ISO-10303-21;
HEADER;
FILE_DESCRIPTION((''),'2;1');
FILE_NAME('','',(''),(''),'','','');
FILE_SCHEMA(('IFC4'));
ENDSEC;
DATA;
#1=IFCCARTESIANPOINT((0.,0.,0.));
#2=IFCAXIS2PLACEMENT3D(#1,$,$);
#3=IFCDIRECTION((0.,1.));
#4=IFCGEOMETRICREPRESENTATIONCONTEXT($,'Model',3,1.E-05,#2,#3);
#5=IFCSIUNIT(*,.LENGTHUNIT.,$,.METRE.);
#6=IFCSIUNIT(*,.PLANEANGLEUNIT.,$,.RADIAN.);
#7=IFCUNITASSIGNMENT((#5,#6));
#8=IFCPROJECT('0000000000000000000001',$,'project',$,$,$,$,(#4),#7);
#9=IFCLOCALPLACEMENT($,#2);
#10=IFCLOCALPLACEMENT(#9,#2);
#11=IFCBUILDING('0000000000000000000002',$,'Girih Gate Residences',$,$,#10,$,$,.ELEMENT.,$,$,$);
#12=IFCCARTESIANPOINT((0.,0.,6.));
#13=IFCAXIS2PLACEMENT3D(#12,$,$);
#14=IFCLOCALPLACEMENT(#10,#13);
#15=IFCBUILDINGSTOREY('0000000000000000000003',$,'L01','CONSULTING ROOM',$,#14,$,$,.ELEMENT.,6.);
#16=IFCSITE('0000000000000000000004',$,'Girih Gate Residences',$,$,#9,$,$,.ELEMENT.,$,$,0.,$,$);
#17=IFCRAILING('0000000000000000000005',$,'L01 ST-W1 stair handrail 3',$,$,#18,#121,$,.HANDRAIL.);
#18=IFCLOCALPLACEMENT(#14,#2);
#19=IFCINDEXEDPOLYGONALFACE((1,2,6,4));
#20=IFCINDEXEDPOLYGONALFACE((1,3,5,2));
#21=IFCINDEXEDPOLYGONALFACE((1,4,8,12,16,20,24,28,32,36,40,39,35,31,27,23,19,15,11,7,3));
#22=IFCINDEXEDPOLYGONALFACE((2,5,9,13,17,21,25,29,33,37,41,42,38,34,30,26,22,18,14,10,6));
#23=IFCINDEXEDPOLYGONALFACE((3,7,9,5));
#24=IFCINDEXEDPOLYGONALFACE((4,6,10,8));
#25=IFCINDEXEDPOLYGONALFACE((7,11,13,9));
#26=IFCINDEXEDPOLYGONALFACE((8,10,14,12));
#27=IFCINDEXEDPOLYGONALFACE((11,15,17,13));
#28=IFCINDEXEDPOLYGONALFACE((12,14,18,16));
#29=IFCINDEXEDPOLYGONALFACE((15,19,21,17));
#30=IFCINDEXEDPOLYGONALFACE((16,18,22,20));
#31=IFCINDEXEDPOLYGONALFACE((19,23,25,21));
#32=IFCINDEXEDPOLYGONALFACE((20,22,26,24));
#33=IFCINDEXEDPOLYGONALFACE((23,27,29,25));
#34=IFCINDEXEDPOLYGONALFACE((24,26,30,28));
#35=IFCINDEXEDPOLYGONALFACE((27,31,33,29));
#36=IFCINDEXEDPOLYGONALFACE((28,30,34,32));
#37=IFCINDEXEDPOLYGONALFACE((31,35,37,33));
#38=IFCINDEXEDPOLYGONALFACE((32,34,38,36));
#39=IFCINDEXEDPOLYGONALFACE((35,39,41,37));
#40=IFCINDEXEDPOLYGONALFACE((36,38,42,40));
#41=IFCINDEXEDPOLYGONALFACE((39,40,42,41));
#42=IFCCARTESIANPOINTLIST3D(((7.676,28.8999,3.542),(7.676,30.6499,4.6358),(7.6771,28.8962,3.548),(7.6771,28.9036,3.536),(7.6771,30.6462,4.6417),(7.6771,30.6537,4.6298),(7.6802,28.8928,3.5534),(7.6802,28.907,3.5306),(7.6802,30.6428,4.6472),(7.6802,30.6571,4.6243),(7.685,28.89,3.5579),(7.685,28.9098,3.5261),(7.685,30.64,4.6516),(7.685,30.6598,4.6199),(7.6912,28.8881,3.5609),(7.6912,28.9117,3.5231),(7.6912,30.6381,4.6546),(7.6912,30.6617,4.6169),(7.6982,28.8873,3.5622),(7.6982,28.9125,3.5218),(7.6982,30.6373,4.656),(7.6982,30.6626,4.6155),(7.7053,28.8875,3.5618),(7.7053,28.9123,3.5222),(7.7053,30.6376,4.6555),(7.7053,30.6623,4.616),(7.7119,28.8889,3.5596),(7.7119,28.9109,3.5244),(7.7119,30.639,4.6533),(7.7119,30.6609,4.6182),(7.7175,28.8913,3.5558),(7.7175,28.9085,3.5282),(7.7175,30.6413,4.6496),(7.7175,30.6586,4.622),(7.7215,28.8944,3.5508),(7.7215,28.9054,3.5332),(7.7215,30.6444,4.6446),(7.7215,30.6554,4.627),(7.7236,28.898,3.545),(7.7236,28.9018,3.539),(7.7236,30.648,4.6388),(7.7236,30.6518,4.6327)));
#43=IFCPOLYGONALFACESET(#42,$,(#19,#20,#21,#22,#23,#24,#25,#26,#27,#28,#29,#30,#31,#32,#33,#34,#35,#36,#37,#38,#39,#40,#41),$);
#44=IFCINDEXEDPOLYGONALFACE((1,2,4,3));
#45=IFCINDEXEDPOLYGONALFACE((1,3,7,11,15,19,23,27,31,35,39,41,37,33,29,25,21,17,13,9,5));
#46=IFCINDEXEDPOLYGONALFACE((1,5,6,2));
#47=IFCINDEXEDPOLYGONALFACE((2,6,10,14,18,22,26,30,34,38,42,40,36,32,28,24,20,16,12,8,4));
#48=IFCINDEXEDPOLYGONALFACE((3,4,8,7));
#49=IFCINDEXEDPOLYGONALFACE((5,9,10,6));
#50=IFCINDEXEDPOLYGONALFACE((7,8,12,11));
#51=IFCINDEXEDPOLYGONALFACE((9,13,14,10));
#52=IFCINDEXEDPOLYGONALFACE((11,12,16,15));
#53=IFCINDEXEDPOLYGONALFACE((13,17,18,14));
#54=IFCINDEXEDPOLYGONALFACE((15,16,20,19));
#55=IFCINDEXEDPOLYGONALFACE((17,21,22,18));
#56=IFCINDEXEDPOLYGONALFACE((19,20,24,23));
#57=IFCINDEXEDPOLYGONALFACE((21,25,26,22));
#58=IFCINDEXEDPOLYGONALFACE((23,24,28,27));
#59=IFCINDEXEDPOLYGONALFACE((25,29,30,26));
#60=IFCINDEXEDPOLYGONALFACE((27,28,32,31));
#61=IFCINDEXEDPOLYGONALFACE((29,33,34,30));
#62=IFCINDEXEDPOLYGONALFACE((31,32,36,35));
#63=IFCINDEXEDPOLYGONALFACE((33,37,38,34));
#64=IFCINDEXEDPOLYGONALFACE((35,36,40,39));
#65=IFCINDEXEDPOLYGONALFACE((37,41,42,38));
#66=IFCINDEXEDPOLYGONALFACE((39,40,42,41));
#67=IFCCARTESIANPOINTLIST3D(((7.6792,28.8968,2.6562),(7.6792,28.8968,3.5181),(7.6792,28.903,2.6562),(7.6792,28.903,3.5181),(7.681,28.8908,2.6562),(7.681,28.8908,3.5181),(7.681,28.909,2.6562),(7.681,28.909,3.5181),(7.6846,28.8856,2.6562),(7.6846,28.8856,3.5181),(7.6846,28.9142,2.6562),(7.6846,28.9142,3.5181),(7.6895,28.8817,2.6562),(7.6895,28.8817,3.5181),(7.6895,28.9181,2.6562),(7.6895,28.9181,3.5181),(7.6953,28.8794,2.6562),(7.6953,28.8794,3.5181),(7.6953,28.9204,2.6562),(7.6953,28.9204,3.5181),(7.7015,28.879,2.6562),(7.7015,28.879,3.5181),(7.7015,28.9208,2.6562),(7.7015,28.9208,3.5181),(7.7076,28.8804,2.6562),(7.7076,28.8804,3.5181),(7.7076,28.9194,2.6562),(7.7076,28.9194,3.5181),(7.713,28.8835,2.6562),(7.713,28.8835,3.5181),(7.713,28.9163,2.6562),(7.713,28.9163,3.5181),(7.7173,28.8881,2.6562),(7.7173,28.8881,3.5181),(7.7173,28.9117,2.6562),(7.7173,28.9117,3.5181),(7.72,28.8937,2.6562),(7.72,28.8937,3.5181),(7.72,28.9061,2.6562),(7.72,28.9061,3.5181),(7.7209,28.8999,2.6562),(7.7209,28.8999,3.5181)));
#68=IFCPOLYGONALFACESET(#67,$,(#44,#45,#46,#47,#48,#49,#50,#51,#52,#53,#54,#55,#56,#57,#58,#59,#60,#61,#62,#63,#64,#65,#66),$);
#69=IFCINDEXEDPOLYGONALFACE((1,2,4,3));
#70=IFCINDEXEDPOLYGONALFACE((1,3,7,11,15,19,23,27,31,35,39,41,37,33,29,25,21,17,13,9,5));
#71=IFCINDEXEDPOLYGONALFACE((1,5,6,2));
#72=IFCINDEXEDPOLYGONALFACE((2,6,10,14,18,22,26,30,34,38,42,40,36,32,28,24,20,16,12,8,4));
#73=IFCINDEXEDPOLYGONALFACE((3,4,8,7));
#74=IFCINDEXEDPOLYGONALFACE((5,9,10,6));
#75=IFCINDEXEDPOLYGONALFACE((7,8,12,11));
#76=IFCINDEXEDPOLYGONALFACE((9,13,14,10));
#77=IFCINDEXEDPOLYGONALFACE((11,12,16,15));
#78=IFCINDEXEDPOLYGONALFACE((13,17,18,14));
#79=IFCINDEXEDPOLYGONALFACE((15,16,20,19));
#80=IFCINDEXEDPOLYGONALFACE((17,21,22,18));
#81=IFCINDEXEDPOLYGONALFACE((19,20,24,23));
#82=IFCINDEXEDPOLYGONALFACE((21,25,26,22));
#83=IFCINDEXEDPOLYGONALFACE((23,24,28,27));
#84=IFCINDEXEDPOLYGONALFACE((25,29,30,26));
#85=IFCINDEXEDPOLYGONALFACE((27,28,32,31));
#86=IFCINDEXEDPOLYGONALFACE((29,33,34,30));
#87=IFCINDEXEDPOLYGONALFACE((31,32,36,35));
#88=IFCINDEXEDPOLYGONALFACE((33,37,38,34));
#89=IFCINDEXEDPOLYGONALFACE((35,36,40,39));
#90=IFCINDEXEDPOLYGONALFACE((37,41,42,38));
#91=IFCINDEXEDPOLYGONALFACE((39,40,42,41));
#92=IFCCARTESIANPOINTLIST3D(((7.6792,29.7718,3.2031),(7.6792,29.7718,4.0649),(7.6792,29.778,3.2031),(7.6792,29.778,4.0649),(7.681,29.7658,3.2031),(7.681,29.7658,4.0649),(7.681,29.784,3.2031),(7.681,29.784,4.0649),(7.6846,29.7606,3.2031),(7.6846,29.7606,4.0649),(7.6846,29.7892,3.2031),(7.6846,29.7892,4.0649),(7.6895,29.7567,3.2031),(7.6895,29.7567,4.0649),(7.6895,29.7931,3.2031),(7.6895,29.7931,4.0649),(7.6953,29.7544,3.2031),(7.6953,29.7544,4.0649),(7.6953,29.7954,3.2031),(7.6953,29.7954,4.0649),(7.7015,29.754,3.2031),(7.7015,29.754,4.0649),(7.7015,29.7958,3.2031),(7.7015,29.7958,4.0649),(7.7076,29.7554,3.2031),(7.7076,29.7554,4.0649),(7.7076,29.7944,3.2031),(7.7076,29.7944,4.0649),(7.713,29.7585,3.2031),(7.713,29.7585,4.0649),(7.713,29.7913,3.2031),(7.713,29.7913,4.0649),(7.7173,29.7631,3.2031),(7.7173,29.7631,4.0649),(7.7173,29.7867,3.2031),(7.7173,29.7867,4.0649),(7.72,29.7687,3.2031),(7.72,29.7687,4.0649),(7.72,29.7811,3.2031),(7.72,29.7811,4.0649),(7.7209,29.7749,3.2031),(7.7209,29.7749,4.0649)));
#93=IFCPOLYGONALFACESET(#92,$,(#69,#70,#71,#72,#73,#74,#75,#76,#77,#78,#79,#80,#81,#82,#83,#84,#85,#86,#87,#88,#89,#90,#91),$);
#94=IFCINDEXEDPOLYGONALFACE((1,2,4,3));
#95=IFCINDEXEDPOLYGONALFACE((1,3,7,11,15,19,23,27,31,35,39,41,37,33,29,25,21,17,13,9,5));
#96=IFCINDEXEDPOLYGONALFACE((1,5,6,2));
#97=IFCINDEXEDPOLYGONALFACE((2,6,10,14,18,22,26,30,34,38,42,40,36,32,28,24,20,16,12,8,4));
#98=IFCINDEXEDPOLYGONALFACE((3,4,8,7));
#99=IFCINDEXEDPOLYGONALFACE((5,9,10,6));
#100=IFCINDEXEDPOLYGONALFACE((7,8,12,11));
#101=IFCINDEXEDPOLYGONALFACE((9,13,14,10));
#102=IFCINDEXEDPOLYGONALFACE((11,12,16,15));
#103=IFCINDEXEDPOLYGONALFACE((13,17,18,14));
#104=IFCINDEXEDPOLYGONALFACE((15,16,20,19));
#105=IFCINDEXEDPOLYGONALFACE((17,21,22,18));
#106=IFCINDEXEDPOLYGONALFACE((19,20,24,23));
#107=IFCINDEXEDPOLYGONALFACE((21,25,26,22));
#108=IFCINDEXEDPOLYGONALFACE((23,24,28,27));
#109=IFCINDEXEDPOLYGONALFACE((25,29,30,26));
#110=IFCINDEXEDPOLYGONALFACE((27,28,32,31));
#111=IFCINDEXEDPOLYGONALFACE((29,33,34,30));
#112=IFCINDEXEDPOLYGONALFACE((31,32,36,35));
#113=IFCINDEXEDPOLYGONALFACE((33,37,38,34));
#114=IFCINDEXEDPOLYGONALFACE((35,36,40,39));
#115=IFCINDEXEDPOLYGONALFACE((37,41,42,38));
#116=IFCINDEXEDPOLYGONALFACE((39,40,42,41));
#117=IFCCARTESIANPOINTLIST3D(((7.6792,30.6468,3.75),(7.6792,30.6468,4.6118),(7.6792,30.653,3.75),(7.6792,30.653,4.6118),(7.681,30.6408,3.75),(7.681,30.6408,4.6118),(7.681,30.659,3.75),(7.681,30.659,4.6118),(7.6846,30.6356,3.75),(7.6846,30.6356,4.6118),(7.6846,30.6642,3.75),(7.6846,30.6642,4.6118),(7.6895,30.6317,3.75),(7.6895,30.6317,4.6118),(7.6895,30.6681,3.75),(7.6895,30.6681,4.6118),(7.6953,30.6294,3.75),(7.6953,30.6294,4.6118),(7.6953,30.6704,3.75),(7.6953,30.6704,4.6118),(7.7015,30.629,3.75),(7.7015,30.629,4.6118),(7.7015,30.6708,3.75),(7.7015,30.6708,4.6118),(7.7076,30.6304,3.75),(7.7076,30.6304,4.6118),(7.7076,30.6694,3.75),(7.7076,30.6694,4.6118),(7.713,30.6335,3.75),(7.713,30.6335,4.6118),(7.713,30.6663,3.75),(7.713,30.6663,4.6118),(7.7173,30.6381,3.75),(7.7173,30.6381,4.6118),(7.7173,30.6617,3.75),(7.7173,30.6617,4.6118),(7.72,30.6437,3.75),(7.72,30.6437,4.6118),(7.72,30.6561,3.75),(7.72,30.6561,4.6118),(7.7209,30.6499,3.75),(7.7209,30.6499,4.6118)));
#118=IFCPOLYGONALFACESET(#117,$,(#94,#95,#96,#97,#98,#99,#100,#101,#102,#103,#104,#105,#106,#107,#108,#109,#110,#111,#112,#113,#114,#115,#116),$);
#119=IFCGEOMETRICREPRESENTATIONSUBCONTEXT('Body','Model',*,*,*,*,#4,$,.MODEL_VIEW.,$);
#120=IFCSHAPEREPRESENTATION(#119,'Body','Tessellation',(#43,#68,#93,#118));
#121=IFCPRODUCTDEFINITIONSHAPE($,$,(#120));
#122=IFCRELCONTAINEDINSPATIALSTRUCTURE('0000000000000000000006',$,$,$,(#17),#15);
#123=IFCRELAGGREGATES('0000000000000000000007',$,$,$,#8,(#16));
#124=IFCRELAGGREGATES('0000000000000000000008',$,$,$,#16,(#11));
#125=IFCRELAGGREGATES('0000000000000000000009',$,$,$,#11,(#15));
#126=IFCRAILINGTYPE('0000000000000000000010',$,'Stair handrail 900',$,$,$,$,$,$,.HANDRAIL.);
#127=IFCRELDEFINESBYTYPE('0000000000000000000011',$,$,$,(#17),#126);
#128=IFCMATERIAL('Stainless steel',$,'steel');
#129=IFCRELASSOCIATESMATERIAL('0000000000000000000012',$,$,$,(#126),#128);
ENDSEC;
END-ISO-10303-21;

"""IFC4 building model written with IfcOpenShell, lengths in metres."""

from ifc_helpers import new_model, si_unit, direction, frame, origin, origin_2d, place, context, subcontext, project, spatial, circle, extrude, material, type_object, element, save


model = new_model("IFC4")

# Units and contexts
model_context = context("Model", 3, precision=1e-05, world=origin(), true_north=direction((0.0, 1.0)))
body_context = subcontext(model_context, "Body", "Model", "MODEL_VIEW")
ifc_project = project(units=[si_unit("LENGTHUNIT", "METRE"), si_unit("PLANEANGLEUNIT", "RADIAN")], contexts=[model_context])

# Site, building, storey
site_placement = place(None, origin())
site = spatial("IfcSite", under=ifc_project, at=site_placement, Name="Girih Gate Residences", CompositionType="ELEMENT", RefElevation=0.0)
building_placement = place(site_placement, origin())
building = spatial("IfcBuilding", under=site, at=building_placement, Name="Girih Gate Residences", CompositionType="ELEMENT")
storey_placement = place(building_placement, frame((0.0, 0.0, 6.0)))
storey = spatial("IfcBuildingStorey", under=building, at=storey_placement, Name="L01", Description="CONSULTING ROOM", CompositionType="ELEMENT", Elevation=6.0)

# Railing
ifc_material_1 = material(Name="Stainless steel", Category="steel")
railing_type_1 = type_object("IfcRailingType", Name="Stair handrail 900", PredefinedType="HANDRAIL", material=ifc_material_1)
railing_1_placement = place(storey_placement, frame((7.7, 28.8999, 2.6562)))
element("IfcRailing", 1, at=railing_1_placement, inside=storey, type_object=railing_type_1, Name="L01 ST-W1 stair handrail 3", PredefinedType="HANDRAIL", context=body_context, shape_type="SweptSolid", body=[
    extrude(circle(Radius=0.0239, at=origin_2d()), frame((0.0, 0.0, 0.8857), z_axis=(0.0, 0.847998, 0.529999), x_axis=(-1.0, 0.0, 0.0)), (0.0, 0.0, 1.0), 2.0637),
    extrude(circle(Radius=0.021, at=origin_2d()), origin(), (0.0, 0.0, 1.0), 0.8618),
    extrude(circle(Radius=0.021, at=origin_2d()), frame((0.0, 0.875, 0.5469)), (0.0, 0.0, 1.0), 0.8618),
    extrude(circle(Radius=0.021, at=origin_2d()), frame((0.0, 1.75, 1.0938)), (0.0, 0.0, 1.0), 0.8618),
])

save(model, "model.ifc")
